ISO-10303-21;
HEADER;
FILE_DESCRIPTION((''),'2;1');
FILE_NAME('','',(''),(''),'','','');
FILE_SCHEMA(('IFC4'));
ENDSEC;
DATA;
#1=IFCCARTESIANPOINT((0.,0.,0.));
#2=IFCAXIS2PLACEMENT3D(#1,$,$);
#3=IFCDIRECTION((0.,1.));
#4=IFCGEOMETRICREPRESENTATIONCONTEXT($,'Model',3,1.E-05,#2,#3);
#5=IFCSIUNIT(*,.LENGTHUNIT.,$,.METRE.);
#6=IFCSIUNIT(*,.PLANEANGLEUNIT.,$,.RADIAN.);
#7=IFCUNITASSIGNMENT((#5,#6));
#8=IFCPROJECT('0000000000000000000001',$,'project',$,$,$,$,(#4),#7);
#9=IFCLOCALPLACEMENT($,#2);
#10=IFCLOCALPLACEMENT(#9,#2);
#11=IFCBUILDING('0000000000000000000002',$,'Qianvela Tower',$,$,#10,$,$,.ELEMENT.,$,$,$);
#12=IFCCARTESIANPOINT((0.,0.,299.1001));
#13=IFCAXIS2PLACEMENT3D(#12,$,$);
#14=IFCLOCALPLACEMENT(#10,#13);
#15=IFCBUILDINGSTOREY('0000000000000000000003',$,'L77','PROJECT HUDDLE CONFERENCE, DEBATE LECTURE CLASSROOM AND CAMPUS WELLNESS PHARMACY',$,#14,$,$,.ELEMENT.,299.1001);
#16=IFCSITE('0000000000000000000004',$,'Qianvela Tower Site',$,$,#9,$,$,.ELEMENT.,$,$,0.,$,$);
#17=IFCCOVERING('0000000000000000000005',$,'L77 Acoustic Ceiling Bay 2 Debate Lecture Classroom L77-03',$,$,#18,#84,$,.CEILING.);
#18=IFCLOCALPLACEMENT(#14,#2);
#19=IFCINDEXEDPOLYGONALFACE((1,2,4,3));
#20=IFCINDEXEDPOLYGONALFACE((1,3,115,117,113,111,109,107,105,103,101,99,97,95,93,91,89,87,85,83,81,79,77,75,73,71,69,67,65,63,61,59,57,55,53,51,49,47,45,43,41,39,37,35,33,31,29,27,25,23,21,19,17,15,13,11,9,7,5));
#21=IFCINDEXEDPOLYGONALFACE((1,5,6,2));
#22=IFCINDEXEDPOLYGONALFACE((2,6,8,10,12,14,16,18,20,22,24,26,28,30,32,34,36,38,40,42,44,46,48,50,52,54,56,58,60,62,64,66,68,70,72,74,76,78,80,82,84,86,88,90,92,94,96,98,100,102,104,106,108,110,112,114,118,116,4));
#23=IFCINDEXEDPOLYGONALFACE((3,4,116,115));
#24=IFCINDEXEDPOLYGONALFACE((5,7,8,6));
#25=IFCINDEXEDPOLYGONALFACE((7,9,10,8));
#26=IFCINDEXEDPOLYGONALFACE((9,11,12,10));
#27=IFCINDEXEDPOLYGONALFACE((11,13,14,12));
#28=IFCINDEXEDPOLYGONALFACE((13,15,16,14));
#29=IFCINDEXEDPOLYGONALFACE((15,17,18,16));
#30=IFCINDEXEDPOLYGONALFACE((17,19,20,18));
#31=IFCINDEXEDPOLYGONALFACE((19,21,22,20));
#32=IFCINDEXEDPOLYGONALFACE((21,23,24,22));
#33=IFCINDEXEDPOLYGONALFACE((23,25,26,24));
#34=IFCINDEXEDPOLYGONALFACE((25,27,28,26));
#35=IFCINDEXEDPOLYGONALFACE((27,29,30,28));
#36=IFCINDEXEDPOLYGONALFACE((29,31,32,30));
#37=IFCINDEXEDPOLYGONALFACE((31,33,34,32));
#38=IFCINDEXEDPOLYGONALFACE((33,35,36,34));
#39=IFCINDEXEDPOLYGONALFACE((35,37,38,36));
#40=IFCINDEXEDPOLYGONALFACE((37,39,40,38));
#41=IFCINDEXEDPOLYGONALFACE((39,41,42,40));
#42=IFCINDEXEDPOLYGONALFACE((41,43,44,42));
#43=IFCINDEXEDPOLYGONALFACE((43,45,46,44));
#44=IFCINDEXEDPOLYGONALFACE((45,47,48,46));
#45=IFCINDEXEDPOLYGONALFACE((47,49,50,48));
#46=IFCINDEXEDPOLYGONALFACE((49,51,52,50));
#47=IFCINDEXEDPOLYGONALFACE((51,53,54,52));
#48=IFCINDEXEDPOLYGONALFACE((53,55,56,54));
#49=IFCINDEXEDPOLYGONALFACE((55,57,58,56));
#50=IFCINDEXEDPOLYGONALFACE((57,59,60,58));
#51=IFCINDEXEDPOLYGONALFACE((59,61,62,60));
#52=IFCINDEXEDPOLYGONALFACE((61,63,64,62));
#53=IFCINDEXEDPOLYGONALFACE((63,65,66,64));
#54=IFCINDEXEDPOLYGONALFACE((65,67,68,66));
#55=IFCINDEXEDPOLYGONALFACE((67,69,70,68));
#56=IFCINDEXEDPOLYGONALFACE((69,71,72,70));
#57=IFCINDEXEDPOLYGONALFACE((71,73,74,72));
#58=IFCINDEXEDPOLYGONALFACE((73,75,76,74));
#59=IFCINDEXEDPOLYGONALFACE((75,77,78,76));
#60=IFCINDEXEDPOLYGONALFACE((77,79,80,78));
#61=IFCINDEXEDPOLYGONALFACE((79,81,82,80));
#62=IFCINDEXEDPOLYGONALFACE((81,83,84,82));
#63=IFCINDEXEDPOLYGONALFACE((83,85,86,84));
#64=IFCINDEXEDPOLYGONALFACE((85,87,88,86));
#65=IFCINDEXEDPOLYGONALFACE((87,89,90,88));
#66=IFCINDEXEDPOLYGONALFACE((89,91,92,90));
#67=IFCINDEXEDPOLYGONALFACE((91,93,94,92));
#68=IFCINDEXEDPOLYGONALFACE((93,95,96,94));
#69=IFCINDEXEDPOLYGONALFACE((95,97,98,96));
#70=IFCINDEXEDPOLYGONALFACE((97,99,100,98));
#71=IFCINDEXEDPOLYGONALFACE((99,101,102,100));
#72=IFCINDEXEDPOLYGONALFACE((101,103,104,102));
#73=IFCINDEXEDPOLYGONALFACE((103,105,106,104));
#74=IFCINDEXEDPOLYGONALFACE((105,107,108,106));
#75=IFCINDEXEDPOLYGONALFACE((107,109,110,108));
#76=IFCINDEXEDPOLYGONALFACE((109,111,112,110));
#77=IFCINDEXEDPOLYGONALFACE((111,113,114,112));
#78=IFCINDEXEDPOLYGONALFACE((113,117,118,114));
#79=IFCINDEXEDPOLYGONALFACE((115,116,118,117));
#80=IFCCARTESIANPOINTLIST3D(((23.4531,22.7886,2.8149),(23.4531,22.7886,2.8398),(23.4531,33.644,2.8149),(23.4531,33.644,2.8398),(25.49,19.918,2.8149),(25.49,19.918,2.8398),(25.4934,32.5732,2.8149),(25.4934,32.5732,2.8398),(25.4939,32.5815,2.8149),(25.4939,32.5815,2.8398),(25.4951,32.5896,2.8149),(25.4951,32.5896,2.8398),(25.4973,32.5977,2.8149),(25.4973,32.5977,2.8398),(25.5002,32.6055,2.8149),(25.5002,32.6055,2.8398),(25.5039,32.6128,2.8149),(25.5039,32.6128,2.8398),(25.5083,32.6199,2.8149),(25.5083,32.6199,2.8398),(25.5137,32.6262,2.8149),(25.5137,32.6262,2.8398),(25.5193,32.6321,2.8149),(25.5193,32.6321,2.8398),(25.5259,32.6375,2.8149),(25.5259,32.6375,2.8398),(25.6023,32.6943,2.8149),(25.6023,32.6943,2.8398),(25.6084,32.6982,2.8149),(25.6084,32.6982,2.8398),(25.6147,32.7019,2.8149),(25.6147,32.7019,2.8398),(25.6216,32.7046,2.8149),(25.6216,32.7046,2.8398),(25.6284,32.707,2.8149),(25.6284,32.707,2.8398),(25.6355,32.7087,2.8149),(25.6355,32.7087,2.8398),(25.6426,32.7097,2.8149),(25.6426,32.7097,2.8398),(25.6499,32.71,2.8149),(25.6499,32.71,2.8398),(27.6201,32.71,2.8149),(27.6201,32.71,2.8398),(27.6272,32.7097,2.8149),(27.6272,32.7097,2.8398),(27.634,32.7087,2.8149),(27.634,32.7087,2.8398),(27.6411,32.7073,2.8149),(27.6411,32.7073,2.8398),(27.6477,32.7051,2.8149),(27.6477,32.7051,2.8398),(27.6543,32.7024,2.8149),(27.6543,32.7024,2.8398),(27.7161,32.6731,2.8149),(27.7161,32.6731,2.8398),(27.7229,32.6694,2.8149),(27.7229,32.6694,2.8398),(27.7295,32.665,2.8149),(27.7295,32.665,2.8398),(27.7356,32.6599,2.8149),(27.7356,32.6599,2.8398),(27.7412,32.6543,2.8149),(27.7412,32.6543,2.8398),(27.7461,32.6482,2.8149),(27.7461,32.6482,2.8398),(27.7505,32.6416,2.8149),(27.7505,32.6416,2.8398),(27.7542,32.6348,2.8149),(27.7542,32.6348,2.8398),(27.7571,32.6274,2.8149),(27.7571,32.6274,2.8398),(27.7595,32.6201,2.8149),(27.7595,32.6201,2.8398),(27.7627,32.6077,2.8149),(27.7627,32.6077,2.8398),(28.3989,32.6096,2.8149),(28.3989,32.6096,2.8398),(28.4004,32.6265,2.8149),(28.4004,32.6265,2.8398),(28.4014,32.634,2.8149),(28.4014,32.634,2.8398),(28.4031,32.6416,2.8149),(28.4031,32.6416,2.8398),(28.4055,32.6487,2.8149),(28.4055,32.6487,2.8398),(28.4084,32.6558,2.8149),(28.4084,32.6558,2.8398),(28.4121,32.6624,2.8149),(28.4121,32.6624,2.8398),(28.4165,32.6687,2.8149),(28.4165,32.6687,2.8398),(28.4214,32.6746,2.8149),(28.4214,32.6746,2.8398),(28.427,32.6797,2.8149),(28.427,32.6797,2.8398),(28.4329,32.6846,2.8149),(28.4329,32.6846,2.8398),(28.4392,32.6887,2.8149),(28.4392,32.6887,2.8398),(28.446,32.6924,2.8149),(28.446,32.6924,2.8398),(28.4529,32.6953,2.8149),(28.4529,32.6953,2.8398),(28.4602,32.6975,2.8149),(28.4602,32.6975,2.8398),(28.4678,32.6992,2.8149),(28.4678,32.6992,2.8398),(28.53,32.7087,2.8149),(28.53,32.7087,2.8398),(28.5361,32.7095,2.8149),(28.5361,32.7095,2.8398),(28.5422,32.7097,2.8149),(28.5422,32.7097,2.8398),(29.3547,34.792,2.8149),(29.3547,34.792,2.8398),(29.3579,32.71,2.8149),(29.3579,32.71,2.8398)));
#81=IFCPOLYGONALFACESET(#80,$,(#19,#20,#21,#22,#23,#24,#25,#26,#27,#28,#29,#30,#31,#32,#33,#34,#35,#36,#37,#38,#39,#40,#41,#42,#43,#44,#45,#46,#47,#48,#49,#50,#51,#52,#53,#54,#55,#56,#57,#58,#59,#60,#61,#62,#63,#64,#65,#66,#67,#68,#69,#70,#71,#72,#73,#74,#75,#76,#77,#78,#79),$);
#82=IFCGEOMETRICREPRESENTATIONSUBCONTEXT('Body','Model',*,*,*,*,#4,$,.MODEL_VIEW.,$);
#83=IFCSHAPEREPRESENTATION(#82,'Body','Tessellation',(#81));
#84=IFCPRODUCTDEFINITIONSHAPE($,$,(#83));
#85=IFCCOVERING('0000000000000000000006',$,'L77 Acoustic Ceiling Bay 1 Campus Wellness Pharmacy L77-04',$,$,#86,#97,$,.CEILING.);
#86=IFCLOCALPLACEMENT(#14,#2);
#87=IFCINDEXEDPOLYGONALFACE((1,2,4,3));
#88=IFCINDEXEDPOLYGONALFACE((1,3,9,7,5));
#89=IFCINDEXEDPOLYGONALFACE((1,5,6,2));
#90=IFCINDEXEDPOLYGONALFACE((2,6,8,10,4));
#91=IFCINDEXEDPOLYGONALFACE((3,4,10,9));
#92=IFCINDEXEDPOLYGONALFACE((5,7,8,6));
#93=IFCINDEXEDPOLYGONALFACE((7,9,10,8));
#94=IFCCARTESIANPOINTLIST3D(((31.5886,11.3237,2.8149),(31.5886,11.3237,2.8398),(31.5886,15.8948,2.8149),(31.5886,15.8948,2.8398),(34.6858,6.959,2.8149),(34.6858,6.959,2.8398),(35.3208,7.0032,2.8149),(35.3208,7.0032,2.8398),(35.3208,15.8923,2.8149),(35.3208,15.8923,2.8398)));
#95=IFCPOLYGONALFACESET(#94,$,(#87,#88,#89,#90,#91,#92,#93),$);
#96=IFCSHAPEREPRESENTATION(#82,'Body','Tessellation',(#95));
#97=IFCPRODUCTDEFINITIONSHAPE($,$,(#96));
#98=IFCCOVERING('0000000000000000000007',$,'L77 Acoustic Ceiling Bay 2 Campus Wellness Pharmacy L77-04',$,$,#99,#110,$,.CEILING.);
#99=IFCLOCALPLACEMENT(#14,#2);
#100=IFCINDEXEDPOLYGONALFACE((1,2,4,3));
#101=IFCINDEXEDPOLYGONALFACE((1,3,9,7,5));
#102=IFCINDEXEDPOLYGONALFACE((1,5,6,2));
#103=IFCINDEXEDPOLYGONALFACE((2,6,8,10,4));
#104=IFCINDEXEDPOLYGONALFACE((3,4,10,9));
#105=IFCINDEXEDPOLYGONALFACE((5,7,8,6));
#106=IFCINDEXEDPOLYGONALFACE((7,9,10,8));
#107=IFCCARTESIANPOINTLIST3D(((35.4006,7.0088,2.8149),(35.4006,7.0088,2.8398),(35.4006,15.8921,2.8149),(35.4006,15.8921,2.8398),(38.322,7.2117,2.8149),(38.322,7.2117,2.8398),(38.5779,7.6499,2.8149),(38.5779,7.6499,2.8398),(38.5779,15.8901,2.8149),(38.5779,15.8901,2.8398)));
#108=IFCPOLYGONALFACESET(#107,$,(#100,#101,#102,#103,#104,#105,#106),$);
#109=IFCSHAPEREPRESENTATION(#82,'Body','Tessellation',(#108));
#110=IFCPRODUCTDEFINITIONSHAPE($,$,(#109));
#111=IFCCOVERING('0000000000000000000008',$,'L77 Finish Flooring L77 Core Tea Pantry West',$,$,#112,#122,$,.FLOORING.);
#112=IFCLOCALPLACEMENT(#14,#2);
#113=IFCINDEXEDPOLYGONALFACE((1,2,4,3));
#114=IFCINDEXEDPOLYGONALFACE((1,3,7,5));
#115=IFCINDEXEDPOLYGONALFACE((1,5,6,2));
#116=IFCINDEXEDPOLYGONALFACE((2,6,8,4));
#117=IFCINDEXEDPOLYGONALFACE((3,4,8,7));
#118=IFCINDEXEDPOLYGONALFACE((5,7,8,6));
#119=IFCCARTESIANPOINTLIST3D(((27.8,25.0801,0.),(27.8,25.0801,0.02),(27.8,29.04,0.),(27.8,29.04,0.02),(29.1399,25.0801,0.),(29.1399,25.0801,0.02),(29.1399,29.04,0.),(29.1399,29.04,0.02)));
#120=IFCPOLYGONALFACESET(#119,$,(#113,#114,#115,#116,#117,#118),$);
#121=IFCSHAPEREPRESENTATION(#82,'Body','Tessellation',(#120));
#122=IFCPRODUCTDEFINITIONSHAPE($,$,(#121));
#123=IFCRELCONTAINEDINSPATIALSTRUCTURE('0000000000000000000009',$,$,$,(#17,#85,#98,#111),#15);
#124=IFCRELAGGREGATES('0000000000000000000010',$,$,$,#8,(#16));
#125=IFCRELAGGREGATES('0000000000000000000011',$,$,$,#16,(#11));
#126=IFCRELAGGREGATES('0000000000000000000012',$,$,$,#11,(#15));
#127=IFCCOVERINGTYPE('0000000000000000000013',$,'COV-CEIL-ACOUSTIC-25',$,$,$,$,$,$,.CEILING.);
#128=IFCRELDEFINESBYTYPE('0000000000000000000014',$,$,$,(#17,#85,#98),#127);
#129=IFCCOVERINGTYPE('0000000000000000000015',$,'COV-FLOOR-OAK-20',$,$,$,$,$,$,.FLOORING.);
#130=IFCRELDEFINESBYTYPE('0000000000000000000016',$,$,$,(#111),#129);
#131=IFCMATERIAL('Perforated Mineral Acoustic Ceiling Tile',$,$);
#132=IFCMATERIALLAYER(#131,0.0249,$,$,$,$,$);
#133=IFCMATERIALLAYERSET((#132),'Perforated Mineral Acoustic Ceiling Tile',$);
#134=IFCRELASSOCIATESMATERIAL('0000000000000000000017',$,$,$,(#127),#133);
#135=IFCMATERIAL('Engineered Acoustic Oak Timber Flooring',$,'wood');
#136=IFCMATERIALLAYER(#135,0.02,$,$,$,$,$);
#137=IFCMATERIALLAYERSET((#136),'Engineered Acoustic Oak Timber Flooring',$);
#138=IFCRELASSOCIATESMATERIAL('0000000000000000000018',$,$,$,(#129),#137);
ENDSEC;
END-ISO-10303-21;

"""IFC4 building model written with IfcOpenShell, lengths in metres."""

from ifc_helpers import new_model, si_unit, direction, frame, origin, place, context, subcontext, project, spatial, polyline, outline, extrude, material, layer, layer_set, type_object, element, save


model = new_model("IFC4")

# Units and contexts
model_context = context("Model", 3, precision=1e-05, world=origin(), true_north=direction((0.0, 1.0)))
body_context = subcontext(model_context, "Body", "Model", "MODEL_VIEW")
ifc_project = project(units=[si_unit("LENGTHUNIT", "METRE"), si_unit("PLANEANGLEUNIT", "RADIAN")], contexts=[model_context])

# Site, building, storey
site_placement = place(None, origin())
site = spatial("IfcSite", under=ifc_project, at=site_placement, Name="Qianvela Tower Site", CompositionType="ELEMENT", RefElevation=0.0)
building_placement = place(site_placement, origin())
building = spatial("IfcBuilding", under=site, at=building_placement, Name="Qianvela Tower", CompositionType="ELEMENT")
storey_placement = place(building_placement, frame((0.0, 0.0, 299.1001)))
storey = spatial("IfcBuildingStorey", under=building, at=storey_placement, Name="L77", Description="PROJECT HUDDLE CONFERENCE, DEBATE LECTURE CLASSROOM AND CAMPUS WELLNESS PHARMACY", CompositionType="ELEMENT", Elevation=299.1001)

# Coverings
ifc_material_1 = material(Name="Perforated Mineral Acoustic Ceiling Tile")
ifc_layer_1 = layer(ifc_material_1, 0.0249)
ifc_layer_set_1 = layer_set([ifc_layer_1], Name="Perforated Mineral Acoustic Ceiling Tile")
covering_type_1 = type_object("IfcCoveringType", Name="COV-CEIL-ACOUSTIC-25", PredefinedType="CEILING", material=ifc_layer_set_1)
covering_1_placement = place(storey_placement, frame((0.0, 0.0, 2.8149)))
element("IfcCovering", 1, at=covering_1_placement, inside=storey, type_object=covering_type_1, Name="L77 Acoustic Ceiling Bay 2 Debate Lecture Classroom L77-03", PredefinedType="CEILING", context=body_context, shape_type="SweptSolid", body=[
    extrude(outline(polyline([(29.3547, 34.792), (29.3579, 32.71), (28.5422, 32.7097), (28.5361, 32.7095), (28.53, 32.7087), (28.4678, 32.6992), (28.4602, 32.6975), (28.4529, 32.6953), (28.446, 32.6924), (28.4392, 32.6887), (28.4329, 32.6846), (28.427, 32.6797), (28.4214, 32.6746), (28.4165, 32.6687), (28.4121, 32.6624), (28.4084, 32.6558), (28.4055, 32.6487), (28.4031, 32.6416), (28.4014, 32.634), (28.4004, 32.6265), (28.3989, 32.6096), (27.7627, 32.6077), (27.7595, 32.6201), (27.7571, 32.6274), (27.7542, 32.6348), (27.7505, 32.6416), (27.7461, 32.6482), (27.7412, 32.6543), (27.7356, 32.6599), (27.7295, 32.665), (27.7229, 32.6694), (27.7161, 32.6731), (27.6543, 32.7024), (27.6477, 32.7051), (27.6411, 32.7073), (27.634, 32.7087), (27.6272, 32.7097), (27.6201, 32.71), (25.6499, 32.71), (25.6426, 32.7097), (25.6355, 32.7087), (25.6284, 32.707), (25.6216, 32.7046), (25.6147, 32.7019), (25.6084, 32.6982), (25.6023, 32.6943), (25.5259, 32.6375), (25.5193, 32.6321), (25.5137, 32.6262), (25.5083, 32.6199), (25.5039, 32.6128), (25.5002, 32.6055), (25.4973, 32.5977), (25.4951, 32.5896), (25.4939, 32.5815), (25.4934, 32.5732), (25.49, 19.918), (23.4531, 22.7886), (23.4531, 33.644), (29.3547, 34.792)])), origin(), (0.0, 0.0, 1.0), 0.0249),
])
covering_2_placement = place(storey_placement, frame((0.0, 0.0, 2.8149)))
element("IfcCovering", 2, at=covering_2_placement, inside=storey, type_object=covering_type_1, Name="L77 Acoustic Ceiling Bay 1 Campus Wellness Pharmacy L77-04", PredefinedType="CEILING", context=body_context, shape_type="SweptSolid", body=[
    extrude(outline(polyline([(34.6858, 6.959), (31.5886, 11.3237), (31.5886, 15.8948), (35.3208, 15.8923), (35.3208, 7.0032), (34.6858, 6.959)])), origin(), (0.0, 0.0, 1.0), 0.0249),
])
covering_3_placement = place(storey_placement, frame((0.0, 0.0, 2.8149)))
element("IfcCovering", 3, at=covering_3_placement, inside=storey, type_object=covering_type_1, Name="L77 Acoustic Ceiling Bay 2 Campus Wellness Pharmacy L77-04", PredefinedType="CEILING", context=body_context, shape_type="SweptSolid", body=[
    extrude(outline(polyline([(38.322, 7.2117), (35.4006, 7.0088), (35.4006, 15.8921), (38.5779, 15.8901), (38.5779, 7.6499), (38.322, 7.2117)])), origin(), (0.0, 0.0, 1.0), 0.0249),
])
ifc_material_2 = material(Name="Engineered Acoustic Oak Timber Flooring", Category="wood")
ifc_layer_2 = layer(ifc_material_2, 0.02)
ifc_layer_set_2 = layer_set([ifc_layer_2], Name="Engineered Acoustic Oak Timber Flooring")
covering_type_2 = type_object("IfcCoveringType", Name="COV-FLOOR-OAK-20", PredefinedType="FLOORING", material=ifc_layer_set_2)
covering_4_placement = place(storey_placement, origin())
element("IfcCovering", 4, at=covering_4_placement, inside=storey, type_object=covering_type_2, Name="L77 Finish Flooring L77 Core Tea Pantry West", PredefinedType="FLOORING", context=body_context, shape_type="SweptSolid", body=[
    extrude(outline(polyline([(27.8, 25.0801), (27.8, 29.04), (29.1399, 29.04), (29.1399, 25.0801), (27.8, 25.0801)])), origin(), (0.0, 0.0, 1.0), 0.02),
])

save(model, "model.ifc")
